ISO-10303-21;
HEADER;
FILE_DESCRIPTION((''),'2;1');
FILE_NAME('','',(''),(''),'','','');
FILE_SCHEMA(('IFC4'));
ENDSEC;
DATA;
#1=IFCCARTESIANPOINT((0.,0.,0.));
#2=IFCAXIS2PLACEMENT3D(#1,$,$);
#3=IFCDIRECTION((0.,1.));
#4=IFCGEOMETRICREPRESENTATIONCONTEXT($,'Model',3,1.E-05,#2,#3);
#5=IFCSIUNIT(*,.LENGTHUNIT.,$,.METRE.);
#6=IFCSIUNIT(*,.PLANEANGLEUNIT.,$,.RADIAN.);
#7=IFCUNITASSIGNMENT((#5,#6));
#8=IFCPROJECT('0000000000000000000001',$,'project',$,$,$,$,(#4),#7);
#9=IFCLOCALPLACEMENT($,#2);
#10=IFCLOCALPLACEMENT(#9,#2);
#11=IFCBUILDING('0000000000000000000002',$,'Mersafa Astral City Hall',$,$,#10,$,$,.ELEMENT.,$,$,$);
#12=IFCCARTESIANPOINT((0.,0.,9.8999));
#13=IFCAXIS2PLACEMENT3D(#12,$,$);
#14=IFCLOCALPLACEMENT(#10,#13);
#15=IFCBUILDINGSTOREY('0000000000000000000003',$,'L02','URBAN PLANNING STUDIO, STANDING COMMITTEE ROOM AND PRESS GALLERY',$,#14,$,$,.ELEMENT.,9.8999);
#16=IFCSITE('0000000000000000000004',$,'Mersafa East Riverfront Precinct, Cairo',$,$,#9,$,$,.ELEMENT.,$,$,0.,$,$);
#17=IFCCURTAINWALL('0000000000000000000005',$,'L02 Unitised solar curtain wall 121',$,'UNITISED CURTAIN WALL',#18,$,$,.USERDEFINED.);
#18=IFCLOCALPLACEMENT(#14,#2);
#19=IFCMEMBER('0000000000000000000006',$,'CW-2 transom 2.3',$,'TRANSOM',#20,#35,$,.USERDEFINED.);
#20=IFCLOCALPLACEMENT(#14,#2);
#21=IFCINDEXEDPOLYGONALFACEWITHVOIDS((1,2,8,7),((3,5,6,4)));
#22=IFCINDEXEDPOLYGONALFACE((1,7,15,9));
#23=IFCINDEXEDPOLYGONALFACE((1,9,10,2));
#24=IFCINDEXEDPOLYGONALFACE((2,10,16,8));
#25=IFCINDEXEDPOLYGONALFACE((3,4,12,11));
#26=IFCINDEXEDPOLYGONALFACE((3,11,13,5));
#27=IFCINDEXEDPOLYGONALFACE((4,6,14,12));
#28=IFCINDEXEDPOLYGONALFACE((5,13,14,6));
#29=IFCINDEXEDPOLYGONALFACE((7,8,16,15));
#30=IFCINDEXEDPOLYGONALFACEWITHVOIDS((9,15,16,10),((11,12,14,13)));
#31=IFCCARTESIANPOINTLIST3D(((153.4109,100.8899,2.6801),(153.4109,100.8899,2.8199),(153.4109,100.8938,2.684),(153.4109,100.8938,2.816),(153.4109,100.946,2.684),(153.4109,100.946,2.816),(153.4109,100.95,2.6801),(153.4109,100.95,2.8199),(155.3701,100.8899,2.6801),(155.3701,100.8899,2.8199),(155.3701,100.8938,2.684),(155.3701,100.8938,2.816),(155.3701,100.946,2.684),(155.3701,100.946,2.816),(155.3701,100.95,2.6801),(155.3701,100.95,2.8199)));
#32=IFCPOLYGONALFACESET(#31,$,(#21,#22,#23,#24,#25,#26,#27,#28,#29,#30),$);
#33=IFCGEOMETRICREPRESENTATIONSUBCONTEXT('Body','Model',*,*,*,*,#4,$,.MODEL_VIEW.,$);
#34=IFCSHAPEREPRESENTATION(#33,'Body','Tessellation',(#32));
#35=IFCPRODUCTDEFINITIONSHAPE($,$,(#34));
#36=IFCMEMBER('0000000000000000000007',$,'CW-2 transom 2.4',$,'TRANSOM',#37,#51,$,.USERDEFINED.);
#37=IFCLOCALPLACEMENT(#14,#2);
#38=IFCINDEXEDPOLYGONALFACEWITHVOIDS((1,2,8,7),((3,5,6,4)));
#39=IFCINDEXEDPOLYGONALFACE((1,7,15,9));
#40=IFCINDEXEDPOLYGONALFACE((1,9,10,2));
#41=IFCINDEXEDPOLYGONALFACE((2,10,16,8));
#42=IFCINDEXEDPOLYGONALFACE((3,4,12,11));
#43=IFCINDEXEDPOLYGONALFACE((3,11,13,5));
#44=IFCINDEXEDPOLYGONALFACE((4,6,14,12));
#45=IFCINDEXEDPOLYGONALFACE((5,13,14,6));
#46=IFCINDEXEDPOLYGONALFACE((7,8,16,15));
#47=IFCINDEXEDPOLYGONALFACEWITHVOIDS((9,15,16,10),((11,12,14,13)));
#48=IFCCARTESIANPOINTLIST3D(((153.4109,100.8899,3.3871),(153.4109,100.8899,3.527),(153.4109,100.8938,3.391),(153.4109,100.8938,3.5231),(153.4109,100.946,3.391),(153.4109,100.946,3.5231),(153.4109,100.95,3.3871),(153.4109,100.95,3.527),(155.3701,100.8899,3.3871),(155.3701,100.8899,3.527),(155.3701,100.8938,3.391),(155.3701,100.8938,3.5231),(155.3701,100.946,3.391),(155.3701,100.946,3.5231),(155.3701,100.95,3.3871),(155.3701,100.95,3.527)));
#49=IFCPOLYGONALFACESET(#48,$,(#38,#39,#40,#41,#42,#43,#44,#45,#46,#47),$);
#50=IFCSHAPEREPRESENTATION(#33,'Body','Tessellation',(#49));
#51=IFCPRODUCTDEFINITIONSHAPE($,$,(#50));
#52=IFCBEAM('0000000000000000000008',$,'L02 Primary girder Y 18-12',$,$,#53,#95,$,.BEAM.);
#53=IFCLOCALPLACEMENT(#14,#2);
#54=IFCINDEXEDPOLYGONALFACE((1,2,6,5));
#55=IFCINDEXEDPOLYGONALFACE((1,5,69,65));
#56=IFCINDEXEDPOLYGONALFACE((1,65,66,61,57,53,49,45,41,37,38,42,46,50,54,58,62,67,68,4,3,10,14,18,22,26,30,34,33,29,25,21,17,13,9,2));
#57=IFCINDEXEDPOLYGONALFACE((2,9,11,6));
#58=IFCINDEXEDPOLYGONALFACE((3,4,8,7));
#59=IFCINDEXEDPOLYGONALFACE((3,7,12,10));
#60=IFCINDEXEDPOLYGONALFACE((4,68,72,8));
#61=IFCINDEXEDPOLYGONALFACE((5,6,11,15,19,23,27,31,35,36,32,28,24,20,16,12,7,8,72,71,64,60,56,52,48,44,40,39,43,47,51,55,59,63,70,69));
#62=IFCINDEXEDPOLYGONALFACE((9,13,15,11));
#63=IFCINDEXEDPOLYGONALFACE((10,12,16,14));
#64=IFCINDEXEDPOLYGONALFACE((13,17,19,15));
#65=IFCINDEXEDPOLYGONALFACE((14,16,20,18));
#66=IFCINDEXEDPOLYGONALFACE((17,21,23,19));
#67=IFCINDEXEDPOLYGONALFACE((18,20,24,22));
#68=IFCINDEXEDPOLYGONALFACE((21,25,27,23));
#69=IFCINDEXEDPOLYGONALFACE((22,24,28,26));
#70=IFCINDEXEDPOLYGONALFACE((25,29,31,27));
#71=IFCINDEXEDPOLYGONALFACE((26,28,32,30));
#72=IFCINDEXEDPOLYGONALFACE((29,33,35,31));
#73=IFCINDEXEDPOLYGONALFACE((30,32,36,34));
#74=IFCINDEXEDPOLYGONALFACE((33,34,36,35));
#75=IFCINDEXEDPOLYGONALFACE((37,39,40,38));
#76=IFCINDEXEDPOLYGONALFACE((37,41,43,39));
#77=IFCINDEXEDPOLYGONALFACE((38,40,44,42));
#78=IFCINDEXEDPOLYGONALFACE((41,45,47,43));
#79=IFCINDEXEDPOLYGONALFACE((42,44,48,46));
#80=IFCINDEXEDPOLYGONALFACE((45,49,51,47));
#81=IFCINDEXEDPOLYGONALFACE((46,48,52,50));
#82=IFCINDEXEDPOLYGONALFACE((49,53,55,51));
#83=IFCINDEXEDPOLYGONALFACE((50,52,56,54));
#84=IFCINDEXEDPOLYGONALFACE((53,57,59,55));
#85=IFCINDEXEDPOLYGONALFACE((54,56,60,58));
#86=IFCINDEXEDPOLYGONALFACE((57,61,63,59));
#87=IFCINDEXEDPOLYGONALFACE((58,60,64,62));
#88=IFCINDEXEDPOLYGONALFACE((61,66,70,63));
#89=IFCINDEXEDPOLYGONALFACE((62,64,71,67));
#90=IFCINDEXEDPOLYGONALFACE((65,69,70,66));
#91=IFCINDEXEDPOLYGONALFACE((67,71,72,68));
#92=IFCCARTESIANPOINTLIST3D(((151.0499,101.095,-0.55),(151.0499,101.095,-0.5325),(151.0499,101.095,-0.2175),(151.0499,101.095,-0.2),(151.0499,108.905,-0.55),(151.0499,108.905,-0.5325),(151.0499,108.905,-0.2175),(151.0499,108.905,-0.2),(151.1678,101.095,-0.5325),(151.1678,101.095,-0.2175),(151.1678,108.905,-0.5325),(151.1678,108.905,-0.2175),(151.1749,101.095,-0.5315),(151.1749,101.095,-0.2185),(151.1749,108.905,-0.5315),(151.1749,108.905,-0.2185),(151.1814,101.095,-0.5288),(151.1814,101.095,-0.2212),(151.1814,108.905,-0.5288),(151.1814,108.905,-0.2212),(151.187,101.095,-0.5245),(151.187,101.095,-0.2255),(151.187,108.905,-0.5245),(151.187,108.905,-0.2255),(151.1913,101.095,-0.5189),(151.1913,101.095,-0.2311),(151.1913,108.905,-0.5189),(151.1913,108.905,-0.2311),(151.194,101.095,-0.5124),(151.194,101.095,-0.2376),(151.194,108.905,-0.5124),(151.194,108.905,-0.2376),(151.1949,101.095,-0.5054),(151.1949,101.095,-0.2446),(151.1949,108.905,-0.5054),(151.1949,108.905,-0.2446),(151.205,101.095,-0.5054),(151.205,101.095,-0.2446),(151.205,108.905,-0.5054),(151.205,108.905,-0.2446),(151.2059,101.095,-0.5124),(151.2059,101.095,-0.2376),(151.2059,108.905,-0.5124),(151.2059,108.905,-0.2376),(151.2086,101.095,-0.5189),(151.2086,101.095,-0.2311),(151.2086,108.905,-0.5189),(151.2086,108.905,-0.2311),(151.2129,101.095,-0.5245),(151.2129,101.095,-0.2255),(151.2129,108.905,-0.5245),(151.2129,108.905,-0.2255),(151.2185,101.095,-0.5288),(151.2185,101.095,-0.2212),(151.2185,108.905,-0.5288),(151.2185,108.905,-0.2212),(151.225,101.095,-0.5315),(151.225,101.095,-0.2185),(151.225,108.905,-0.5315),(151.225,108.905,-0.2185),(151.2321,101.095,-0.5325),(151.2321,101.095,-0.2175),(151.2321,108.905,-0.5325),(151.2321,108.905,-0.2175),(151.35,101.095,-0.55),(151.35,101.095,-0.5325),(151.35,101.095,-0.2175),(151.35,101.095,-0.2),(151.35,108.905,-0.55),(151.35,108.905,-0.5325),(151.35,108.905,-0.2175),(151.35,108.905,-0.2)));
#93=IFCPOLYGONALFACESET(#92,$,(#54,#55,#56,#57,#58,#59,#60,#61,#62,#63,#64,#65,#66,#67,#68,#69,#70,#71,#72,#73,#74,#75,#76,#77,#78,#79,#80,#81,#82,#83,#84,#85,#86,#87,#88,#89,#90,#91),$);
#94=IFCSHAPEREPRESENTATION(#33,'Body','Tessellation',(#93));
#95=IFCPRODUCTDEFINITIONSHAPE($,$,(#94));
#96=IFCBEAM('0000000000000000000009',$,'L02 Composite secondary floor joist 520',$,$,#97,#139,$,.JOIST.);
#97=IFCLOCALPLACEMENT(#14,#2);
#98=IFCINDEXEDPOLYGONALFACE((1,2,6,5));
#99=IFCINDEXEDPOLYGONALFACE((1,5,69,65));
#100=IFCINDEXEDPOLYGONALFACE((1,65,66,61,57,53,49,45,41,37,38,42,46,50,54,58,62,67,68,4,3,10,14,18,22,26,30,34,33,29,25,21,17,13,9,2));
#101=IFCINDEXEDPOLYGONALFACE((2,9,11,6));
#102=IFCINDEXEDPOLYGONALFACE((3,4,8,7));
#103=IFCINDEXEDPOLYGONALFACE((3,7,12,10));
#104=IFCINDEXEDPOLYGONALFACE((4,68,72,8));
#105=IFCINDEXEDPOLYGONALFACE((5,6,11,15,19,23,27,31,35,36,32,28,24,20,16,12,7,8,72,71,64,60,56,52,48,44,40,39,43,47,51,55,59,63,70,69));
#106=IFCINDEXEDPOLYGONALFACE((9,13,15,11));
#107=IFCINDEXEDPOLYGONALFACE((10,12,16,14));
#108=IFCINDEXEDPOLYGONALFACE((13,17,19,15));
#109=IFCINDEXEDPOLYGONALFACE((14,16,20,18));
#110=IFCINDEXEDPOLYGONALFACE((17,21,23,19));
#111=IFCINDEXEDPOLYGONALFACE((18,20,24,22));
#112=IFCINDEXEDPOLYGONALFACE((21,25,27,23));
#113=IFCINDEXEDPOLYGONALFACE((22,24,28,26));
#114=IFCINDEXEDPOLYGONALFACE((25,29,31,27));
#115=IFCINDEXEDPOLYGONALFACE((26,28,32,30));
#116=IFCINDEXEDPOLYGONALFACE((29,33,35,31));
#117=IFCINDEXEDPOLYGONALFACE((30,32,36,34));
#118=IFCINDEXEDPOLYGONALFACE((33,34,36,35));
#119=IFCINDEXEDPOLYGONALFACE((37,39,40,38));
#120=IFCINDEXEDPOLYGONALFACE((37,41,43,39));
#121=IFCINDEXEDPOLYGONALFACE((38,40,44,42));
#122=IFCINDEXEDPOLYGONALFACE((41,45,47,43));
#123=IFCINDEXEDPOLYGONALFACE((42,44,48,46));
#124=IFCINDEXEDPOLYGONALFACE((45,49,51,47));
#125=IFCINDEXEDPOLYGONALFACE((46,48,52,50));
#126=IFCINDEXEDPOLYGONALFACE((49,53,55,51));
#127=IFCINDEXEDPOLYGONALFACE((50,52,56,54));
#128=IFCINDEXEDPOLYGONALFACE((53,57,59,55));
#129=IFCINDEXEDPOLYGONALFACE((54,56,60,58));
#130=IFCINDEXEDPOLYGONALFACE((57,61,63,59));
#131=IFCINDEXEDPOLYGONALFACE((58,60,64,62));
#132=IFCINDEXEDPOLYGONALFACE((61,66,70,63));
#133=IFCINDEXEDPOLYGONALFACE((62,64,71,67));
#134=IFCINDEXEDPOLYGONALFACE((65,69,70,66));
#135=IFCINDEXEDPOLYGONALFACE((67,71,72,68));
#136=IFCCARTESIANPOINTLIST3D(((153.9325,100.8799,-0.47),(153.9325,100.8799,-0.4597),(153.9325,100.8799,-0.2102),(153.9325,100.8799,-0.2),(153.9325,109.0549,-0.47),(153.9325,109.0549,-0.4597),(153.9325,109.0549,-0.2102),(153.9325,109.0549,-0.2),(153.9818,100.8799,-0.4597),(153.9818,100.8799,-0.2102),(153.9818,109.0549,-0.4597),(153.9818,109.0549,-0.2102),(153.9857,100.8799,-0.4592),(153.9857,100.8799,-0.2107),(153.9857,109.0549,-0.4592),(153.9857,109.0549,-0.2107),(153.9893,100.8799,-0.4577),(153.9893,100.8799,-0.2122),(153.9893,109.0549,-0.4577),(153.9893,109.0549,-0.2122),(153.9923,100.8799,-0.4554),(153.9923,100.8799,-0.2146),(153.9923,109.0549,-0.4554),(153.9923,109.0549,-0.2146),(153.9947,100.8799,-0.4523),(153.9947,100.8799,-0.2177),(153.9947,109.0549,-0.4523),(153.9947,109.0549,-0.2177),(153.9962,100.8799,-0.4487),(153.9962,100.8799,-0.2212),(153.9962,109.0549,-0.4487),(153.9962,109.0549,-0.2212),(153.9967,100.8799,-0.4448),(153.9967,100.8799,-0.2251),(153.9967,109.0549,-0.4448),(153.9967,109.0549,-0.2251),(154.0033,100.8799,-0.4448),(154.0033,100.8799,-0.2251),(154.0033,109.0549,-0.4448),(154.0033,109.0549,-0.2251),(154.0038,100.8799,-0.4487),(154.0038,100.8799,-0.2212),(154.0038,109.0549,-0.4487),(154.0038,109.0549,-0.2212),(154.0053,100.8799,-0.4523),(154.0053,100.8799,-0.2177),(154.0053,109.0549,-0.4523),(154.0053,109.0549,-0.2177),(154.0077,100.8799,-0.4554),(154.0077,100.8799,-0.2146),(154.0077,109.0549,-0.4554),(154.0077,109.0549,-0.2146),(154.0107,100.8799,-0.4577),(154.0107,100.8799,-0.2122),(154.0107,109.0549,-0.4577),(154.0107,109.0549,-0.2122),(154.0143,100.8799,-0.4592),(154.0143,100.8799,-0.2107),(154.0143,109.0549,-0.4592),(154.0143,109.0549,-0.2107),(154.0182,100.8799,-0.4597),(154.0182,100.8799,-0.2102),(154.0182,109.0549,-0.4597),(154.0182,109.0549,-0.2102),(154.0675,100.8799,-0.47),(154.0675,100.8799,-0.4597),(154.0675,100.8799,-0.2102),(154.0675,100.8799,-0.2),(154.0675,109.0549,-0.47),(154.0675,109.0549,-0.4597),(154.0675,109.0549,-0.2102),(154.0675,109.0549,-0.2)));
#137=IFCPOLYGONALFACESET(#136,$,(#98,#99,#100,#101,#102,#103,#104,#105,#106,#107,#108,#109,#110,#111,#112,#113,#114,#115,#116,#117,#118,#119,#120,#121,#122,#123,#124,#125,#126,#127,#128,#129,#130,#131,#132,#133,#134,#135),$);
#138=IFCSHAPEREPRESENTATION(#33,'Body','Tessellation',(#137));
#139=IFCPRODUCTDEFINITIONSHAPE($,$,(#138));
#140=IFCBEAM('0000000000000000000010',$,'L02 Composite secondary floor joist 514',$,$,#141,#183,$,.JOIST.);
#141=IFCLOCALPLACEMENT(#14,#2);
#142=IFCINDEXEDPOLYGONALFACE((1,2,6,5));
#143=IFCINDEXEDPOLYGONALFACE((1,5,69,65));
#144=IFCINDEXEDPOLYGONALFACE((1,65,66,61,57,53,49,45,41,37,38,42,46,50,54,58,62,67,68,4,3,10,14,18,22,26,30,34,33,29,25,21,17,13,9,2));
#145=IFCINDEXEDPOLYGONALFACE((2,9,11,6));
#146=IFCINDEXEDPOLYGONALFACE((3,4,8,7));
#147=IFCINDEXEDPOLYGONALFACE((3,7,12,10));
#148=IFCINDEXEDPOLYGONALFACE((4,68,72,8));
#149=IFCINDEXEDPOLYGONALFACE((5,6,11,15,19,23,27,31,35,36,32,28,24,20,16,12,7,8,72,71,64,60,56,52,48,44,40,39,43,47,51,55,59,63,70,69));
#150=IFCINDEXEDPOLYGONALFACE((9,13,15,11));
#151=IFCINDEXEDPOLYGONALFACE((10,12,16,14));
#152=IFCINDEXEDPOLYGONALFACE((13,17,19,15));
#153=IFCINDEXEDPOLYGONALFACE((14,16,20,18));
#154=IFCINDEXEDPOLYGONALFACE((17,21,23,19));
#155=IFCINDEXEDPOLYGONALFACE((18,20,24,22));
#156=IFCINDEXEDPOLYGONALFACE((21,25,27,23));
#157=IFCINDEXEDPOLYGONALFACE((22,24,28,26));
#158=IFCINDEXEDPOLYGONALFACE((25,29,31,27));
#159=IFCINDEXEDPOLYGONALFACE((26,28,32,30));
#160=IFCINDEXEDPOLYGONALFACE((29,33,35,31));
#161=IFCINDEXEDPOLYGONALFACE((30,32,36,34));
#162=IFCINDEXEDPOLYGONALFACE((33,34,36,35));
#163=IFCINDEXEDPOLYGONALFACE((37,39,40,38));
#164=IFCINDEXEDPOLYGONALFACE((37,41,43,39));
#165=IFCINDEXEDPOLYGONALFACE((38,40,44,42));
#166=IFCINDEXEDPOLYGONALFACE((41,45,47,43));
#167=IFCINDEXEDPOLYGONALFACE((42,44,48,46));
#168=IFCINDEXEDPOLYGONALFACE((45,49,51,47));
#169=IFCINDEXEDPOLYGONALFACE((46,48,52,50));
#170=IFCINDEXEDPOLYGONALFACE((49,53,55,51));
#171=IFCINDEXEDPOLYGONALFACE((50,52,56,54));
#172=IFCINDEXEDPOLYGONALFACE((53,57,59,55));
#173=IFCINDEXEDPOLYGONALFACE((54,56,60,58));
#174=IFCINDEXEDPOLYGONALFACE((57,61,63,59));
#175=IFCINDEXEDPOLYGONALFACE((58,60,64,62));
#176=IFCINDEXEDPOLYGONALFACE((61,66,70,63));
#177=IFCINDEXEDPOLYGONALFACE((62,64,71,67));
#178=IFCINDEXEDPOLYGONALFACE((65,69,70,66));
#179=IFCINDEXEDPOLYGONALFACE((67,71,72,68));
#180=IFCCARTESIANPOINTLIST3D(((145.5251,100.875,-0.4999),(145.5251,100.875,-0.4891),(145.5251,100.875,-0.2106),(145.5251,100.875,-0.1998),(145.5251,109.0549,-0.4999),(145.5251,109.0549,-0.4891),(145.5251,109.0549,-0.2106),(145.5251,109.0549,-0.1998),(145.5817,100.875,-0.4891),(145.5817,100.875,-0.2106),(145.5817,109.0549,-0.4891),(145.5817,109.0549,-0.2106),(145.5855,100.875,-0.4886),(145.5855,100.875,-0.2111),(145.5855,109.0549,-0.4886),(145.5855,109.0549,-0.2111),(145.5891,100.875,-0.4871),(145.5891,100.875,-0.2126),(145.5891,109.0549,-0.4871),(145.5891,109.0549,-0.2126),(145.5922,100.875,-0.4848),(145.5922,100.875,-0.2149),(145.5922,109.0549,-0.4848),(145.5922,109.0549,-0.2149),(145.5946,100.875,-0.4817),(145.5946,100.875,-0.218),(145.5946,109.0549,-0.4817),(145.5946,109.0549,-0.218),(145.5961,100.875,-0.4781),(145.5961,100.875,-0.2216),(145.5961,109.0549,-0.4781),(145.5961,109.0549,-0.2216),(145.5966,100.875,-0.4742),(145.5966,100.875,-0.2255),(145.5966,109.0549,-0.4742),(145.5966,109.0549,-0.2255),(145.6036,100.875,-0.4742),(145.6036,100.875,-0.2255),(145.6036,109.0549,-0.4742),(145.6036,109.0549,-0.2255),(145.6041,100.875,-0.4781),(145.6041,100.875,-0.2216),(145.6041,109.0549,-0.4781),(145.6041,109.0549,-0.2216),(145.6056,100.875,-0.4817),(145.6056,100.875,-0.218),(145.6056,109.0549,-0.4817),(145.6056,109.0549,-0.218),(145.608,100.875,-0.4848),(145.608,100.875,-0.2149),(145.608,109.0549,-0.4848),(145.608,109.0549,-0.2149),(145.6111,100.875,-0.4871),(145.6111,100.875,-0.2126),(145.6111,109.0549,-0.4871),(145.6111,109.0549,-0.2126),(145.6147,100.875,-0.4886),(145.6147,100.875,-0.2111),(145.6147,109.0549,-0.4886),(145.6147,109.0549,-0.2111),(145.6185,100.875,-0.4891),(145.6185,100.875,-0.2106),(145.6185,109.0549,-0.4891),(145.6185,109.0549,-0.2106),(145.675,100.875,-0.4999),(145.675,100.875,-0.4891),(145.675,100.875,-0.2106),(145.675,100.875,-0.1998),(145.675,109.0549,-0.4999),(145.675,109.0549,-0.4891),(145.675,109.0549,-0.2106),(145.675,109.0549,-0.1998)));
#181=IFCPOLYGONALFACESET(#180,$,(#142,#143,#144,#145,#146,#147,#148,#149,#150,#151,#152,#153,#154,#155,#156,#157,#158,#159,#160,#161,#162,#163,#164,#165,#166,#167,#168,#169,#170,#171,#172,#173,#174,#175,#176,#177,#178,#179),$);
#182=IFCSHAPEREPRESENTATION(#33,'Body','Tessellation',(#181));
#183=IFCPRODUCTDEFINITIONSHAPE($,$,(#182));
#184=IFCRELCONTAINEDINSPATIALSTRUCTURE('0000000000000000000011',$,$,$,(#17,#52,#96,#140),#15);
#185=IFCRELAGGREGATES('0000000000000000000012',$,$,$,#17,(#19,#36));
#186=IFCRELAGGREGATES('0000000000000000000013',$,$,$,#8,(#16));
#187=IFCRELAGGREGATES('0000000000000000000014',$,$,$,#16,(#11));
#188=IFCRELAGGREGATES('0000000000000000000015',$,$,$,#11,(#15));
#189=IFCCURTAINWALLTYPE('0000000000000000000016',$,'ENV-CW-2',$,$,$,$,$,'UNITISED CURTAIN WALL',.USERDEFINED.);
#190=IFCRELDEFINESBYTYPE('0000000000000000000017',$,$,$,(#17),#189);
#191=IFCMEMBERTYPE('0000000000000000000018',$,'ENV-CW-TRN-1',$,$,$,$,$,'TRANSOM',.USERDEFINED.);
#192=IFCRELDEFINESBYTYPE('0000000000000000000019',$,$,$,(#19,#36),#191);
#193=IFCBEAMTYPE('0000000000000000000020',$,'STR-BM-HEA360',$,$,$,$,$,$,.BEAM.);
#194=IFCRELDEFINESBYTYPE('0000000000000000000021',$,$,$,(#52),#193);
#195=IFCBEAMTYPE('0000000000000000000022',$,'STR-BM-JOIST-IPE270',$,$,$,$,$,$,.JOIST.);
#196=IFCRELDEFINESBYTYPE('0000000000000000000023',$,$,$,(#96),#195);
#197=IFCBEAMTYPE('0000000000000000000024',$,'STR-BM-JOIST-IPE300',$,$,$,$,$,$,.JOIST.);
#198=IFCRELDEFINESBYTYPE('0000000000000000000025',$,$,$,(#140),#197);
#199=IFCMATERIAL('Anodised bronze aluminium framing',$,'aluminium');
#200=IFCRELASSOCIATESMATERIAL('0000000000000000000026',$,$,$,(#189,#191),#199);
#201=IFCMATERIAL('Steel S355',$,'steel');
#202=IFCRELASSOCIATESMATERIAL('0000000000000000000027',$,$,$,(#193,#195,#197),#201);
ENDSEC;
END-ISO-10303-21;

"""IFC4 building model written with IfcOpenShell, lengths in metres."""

from ifc_helpers import new_model, si_unit, direction, frame, origin, origin_2d, place, context, subcontext, project, spatial, hollow_rectangle, i_section, extrude, material, material_profile, profile_set, type_object, element, aggregate, save


model = new_model("IFC4")

# Units and contexts
model_context = context("Model", 3, precision=1e-05, world=origin(), true_north=direction((0.0, 1.0)))
body_context = subcontext(model_context, "Body", "Model", "MODEL_VIEW")
ifc_project = project(units=[si_unit("LENGTHUNIT", "METRE"), si_unit("PLANEANGLEUNIT", "RADIAN")], contexts=[model_context])

# Site, building, storey
site_placement = place(None, origin())
site = spatial("IfcSite", under=ifc_project, at=site_placement, Name="Mersafa East Riverfront Precinct, Cairo", CompositionType="ELEMENT", RefElevation=0.0)
building_placement = place(site_placement, origin())
building = spatial("IfcBuilding", under=site, at=building_placement, Name="Mersafa Astral City Hall", CompositionType="ELEMENT")
storey_placement = place(building_placement, frame((0.0, 0.0, 9.8999)))
storey = spatial("IfcBuildingStorey", under=building, at=storey_placement, Name="L02", Description="URBAN PLANNING STUDIO, STANDING COMMITTEE ROOM AND PRESS GALLERY", CompositionType="ELEMENT", Elevation=9.8999)

# Shared definitions
ifc_material_1 = material(Name="Steel S355", Category="steel")

# Curtain wall, members
ifc_material_2 = material(Name="Anodised bronze aluminium framing", Category="aluminium")
curtain_wall_type = type_object("IfcCurtainWallType", Name="ENV-CW-2", ElementType="UNITISED CURTAIN WALL", PredefinedType="USERDEFINED", material=ifc_material_2)
curtain_wall_placement = place(storey_placement, origin())
curtain_wall = element("IfcCurtainWall", 1, at=curtain_wall_placement, inside=storey, type_object=curtain_wall_type, Name="L02 Unitised solar curtain wall 121", ObjectType="UNITISED CURTAIN WALL", PredefinedType="USERDEFINED")
ifc_material_profile_1 = material_profile(ifc_material_2, hollow_rectangle(XDim=0.0601, YDim=0.1399, WallThickness=0.0039, at=origin_2d()), Name="RHS 60x140x4")
ifc_profile_set_1 = profile_set([ifc_material_profile_1], Name="Anodised bronze aluminium framing")
member_type_1 = type_object("IfcMemberType", Name="ENV-CW-TRN-1", ElementType="TRANSOM", PredefinedType="USERDEFINED", material=ifc_profile_set_1)
member_1_placement = place(storey_placement, frame((153.4109, 100.9199, 2.75), z_axis=(1.0, 0.0, 0.0), x_axis=(0.0, 1.0, 0.0)))
member_1 = element("IfcMember", 2, at=member_1_placement, type_object=member_type_1, Name="CW-2 transom 2.3", ObjectType="TRANSOM", PredefinedType="USERDEFINED", context=body_context, shape_type="SweptSolid", body=[
    extrude(hollow_rectangle(XDim=0.0601, YDim=0.1399, WallThickness=0.0039, at=origin_2d()), origin(), (0.0, 0.0, 1.0), 1.9592),
])
member_2_placement = place(storey_placement, frame((153.4109, 100.9199, 3.457), z_axis=(1.0, 0.0, 0.0), x_axis=(0.0, 1.0, 0.0)))
member_2 = element("IfcMember", 3, at=member_2_placement, type_object=member_type_1, Name="CW-2 transom 2.4", ObjectType="TRANSOM", PredefinedType="USERDEFINED", context=body_context, shape_type="SweptSolid", body=[
    extrude(hollow_rectangle(XDim=0.0601, YDim=0.1399, WallThickness=0.0039, at=origin_2d()), origin(), (0.0, 0.0, 1.0), 1.9592),
])

# Beams
ifc_material_profile_2 = material_profile(ifc_material_1, i_section(OverallWidth=0.3, OverallDepth=0.3501, WebThickness=0.01, FlangeThickness=0.0176, FilletRadius=0.0271, at=origin_2d()), Name="HEA 360")
ifc_profile_set_2 = profile_set([ifc_material_profile_2], Name="Steel S355")
beam_type_1 = type_object("IfcBeamType", Name="STR-BM-HEA360", PredefinedType="BEAM", material=ifc_profile_set_2)
beam_1_placement = place(storey_placement, frame((151.2, 101.095, -0.375), z_axis=(0.0, 1.0, 0.0), x_axis=(-1.0, 0.0, 0.0)))
element("IfcBeam", 4, at=beam_1_placement, inside=storey, type_object=beam_type_1, Name="L02 Primary girder Y 18-12", PredefinedType="BEAM", context=body_context, shape_type="SweptSolid", body=[
    extrude(i_section(OverallWidth=0.3, OverallDepth=0.3501, WebThickness=0.01, FlangeThickness=0.0176, FilletRadius=0.0271, at=origin_2d()), origin(), (0.0, 0.0, 1.0), 7.8101),
])
ifc_material_profile_3 = material_profile(ifc_material_1, i_section(OverallWidth=0.135, OverallDepth=0.27, WebThickness=0.0066, FlangeThickness=0.0103, FilletRadius=0.0149, at=origin_2d()), Name="IPE 270")
ifc_profile_set_3 = profile_set([ifc_material_profile_3], Name="Steel S355")
beam_type_2 = type_object("IfcBeamType", Name="STR-BM-JOIST-IPE270", PredefinedType="JOIST", material=ifc_profile_set_3)
beam_2_placement = place(storey_placement, frame((154.0, 100.8799, -0.335), z_axis=(0.0, 1.0, 0.0), x_axis=(-1.0, 0.0, 0.0)))
element("IfcBeam", 5, at=beam_2_placement, inside=storey, type_object=beam_type_2, Name="L02 Composite secondary floor joist 520", PredefinedType="JOIST", context=body_context, shape_type="SweptSolid", body=[
    extrude(i_section(OverallWidth=0.135, OverallDepth=0.27, WebThickness=0.0066, FlangeThickness=0.0103, FilletRadius=0.0149, at=origin_2d()), origin(), (0.0, 0.0, 1.0), 8.175),
])
ifc_material_profile_4 = material_profile(ifc_material_1, i_section(OverallWidth=0.1499, OverallDepth=0.3, WebThickness=0.0071, FlangeThickness=0.0107, FilletRadius=0.0149, at=origin_2d()), Name="IPE 300")
ifc_profile_set_4 = profile_set([ifc_material_profile_4], Name="Steel S355")
beam_type_3 = type_object("IfcBeamType", Name="STR-BM-JOIST-IPE300", PredefinedType="JOIST", material=ifc_profile_set_4)
for number, where, z_axis, x_axis, name in (
    (6, (145.6001, 100.875, -0.3499), (0.0, 1.0, 0.0), (-1.0, 0.0, 0.0), "L02 Composite secondary floor joist 514"),
):
    element("IfcBeam", number, at=place(storey_placement, frame(where, z_axis=z_axis, x_axis=x_axis)), inside=storey, type_object=beam_type_3, Name=name, PredefinedType="JOIST", context=body_context, shape_type="SweptSolid", body=[
        extrude(i_section(OverallWidth=0.1499, OverallDepth=0.3, WebThickness=0.0071, FlangeThickness=0.0107, FilletRadius=0.0149, at=origin_2d()), origin(), (0.0, 0.0, 1.0), 8.1799),
    ])

aggregate(curtain_wall, [member_1, member_2])

save(model, "model.ifc")
